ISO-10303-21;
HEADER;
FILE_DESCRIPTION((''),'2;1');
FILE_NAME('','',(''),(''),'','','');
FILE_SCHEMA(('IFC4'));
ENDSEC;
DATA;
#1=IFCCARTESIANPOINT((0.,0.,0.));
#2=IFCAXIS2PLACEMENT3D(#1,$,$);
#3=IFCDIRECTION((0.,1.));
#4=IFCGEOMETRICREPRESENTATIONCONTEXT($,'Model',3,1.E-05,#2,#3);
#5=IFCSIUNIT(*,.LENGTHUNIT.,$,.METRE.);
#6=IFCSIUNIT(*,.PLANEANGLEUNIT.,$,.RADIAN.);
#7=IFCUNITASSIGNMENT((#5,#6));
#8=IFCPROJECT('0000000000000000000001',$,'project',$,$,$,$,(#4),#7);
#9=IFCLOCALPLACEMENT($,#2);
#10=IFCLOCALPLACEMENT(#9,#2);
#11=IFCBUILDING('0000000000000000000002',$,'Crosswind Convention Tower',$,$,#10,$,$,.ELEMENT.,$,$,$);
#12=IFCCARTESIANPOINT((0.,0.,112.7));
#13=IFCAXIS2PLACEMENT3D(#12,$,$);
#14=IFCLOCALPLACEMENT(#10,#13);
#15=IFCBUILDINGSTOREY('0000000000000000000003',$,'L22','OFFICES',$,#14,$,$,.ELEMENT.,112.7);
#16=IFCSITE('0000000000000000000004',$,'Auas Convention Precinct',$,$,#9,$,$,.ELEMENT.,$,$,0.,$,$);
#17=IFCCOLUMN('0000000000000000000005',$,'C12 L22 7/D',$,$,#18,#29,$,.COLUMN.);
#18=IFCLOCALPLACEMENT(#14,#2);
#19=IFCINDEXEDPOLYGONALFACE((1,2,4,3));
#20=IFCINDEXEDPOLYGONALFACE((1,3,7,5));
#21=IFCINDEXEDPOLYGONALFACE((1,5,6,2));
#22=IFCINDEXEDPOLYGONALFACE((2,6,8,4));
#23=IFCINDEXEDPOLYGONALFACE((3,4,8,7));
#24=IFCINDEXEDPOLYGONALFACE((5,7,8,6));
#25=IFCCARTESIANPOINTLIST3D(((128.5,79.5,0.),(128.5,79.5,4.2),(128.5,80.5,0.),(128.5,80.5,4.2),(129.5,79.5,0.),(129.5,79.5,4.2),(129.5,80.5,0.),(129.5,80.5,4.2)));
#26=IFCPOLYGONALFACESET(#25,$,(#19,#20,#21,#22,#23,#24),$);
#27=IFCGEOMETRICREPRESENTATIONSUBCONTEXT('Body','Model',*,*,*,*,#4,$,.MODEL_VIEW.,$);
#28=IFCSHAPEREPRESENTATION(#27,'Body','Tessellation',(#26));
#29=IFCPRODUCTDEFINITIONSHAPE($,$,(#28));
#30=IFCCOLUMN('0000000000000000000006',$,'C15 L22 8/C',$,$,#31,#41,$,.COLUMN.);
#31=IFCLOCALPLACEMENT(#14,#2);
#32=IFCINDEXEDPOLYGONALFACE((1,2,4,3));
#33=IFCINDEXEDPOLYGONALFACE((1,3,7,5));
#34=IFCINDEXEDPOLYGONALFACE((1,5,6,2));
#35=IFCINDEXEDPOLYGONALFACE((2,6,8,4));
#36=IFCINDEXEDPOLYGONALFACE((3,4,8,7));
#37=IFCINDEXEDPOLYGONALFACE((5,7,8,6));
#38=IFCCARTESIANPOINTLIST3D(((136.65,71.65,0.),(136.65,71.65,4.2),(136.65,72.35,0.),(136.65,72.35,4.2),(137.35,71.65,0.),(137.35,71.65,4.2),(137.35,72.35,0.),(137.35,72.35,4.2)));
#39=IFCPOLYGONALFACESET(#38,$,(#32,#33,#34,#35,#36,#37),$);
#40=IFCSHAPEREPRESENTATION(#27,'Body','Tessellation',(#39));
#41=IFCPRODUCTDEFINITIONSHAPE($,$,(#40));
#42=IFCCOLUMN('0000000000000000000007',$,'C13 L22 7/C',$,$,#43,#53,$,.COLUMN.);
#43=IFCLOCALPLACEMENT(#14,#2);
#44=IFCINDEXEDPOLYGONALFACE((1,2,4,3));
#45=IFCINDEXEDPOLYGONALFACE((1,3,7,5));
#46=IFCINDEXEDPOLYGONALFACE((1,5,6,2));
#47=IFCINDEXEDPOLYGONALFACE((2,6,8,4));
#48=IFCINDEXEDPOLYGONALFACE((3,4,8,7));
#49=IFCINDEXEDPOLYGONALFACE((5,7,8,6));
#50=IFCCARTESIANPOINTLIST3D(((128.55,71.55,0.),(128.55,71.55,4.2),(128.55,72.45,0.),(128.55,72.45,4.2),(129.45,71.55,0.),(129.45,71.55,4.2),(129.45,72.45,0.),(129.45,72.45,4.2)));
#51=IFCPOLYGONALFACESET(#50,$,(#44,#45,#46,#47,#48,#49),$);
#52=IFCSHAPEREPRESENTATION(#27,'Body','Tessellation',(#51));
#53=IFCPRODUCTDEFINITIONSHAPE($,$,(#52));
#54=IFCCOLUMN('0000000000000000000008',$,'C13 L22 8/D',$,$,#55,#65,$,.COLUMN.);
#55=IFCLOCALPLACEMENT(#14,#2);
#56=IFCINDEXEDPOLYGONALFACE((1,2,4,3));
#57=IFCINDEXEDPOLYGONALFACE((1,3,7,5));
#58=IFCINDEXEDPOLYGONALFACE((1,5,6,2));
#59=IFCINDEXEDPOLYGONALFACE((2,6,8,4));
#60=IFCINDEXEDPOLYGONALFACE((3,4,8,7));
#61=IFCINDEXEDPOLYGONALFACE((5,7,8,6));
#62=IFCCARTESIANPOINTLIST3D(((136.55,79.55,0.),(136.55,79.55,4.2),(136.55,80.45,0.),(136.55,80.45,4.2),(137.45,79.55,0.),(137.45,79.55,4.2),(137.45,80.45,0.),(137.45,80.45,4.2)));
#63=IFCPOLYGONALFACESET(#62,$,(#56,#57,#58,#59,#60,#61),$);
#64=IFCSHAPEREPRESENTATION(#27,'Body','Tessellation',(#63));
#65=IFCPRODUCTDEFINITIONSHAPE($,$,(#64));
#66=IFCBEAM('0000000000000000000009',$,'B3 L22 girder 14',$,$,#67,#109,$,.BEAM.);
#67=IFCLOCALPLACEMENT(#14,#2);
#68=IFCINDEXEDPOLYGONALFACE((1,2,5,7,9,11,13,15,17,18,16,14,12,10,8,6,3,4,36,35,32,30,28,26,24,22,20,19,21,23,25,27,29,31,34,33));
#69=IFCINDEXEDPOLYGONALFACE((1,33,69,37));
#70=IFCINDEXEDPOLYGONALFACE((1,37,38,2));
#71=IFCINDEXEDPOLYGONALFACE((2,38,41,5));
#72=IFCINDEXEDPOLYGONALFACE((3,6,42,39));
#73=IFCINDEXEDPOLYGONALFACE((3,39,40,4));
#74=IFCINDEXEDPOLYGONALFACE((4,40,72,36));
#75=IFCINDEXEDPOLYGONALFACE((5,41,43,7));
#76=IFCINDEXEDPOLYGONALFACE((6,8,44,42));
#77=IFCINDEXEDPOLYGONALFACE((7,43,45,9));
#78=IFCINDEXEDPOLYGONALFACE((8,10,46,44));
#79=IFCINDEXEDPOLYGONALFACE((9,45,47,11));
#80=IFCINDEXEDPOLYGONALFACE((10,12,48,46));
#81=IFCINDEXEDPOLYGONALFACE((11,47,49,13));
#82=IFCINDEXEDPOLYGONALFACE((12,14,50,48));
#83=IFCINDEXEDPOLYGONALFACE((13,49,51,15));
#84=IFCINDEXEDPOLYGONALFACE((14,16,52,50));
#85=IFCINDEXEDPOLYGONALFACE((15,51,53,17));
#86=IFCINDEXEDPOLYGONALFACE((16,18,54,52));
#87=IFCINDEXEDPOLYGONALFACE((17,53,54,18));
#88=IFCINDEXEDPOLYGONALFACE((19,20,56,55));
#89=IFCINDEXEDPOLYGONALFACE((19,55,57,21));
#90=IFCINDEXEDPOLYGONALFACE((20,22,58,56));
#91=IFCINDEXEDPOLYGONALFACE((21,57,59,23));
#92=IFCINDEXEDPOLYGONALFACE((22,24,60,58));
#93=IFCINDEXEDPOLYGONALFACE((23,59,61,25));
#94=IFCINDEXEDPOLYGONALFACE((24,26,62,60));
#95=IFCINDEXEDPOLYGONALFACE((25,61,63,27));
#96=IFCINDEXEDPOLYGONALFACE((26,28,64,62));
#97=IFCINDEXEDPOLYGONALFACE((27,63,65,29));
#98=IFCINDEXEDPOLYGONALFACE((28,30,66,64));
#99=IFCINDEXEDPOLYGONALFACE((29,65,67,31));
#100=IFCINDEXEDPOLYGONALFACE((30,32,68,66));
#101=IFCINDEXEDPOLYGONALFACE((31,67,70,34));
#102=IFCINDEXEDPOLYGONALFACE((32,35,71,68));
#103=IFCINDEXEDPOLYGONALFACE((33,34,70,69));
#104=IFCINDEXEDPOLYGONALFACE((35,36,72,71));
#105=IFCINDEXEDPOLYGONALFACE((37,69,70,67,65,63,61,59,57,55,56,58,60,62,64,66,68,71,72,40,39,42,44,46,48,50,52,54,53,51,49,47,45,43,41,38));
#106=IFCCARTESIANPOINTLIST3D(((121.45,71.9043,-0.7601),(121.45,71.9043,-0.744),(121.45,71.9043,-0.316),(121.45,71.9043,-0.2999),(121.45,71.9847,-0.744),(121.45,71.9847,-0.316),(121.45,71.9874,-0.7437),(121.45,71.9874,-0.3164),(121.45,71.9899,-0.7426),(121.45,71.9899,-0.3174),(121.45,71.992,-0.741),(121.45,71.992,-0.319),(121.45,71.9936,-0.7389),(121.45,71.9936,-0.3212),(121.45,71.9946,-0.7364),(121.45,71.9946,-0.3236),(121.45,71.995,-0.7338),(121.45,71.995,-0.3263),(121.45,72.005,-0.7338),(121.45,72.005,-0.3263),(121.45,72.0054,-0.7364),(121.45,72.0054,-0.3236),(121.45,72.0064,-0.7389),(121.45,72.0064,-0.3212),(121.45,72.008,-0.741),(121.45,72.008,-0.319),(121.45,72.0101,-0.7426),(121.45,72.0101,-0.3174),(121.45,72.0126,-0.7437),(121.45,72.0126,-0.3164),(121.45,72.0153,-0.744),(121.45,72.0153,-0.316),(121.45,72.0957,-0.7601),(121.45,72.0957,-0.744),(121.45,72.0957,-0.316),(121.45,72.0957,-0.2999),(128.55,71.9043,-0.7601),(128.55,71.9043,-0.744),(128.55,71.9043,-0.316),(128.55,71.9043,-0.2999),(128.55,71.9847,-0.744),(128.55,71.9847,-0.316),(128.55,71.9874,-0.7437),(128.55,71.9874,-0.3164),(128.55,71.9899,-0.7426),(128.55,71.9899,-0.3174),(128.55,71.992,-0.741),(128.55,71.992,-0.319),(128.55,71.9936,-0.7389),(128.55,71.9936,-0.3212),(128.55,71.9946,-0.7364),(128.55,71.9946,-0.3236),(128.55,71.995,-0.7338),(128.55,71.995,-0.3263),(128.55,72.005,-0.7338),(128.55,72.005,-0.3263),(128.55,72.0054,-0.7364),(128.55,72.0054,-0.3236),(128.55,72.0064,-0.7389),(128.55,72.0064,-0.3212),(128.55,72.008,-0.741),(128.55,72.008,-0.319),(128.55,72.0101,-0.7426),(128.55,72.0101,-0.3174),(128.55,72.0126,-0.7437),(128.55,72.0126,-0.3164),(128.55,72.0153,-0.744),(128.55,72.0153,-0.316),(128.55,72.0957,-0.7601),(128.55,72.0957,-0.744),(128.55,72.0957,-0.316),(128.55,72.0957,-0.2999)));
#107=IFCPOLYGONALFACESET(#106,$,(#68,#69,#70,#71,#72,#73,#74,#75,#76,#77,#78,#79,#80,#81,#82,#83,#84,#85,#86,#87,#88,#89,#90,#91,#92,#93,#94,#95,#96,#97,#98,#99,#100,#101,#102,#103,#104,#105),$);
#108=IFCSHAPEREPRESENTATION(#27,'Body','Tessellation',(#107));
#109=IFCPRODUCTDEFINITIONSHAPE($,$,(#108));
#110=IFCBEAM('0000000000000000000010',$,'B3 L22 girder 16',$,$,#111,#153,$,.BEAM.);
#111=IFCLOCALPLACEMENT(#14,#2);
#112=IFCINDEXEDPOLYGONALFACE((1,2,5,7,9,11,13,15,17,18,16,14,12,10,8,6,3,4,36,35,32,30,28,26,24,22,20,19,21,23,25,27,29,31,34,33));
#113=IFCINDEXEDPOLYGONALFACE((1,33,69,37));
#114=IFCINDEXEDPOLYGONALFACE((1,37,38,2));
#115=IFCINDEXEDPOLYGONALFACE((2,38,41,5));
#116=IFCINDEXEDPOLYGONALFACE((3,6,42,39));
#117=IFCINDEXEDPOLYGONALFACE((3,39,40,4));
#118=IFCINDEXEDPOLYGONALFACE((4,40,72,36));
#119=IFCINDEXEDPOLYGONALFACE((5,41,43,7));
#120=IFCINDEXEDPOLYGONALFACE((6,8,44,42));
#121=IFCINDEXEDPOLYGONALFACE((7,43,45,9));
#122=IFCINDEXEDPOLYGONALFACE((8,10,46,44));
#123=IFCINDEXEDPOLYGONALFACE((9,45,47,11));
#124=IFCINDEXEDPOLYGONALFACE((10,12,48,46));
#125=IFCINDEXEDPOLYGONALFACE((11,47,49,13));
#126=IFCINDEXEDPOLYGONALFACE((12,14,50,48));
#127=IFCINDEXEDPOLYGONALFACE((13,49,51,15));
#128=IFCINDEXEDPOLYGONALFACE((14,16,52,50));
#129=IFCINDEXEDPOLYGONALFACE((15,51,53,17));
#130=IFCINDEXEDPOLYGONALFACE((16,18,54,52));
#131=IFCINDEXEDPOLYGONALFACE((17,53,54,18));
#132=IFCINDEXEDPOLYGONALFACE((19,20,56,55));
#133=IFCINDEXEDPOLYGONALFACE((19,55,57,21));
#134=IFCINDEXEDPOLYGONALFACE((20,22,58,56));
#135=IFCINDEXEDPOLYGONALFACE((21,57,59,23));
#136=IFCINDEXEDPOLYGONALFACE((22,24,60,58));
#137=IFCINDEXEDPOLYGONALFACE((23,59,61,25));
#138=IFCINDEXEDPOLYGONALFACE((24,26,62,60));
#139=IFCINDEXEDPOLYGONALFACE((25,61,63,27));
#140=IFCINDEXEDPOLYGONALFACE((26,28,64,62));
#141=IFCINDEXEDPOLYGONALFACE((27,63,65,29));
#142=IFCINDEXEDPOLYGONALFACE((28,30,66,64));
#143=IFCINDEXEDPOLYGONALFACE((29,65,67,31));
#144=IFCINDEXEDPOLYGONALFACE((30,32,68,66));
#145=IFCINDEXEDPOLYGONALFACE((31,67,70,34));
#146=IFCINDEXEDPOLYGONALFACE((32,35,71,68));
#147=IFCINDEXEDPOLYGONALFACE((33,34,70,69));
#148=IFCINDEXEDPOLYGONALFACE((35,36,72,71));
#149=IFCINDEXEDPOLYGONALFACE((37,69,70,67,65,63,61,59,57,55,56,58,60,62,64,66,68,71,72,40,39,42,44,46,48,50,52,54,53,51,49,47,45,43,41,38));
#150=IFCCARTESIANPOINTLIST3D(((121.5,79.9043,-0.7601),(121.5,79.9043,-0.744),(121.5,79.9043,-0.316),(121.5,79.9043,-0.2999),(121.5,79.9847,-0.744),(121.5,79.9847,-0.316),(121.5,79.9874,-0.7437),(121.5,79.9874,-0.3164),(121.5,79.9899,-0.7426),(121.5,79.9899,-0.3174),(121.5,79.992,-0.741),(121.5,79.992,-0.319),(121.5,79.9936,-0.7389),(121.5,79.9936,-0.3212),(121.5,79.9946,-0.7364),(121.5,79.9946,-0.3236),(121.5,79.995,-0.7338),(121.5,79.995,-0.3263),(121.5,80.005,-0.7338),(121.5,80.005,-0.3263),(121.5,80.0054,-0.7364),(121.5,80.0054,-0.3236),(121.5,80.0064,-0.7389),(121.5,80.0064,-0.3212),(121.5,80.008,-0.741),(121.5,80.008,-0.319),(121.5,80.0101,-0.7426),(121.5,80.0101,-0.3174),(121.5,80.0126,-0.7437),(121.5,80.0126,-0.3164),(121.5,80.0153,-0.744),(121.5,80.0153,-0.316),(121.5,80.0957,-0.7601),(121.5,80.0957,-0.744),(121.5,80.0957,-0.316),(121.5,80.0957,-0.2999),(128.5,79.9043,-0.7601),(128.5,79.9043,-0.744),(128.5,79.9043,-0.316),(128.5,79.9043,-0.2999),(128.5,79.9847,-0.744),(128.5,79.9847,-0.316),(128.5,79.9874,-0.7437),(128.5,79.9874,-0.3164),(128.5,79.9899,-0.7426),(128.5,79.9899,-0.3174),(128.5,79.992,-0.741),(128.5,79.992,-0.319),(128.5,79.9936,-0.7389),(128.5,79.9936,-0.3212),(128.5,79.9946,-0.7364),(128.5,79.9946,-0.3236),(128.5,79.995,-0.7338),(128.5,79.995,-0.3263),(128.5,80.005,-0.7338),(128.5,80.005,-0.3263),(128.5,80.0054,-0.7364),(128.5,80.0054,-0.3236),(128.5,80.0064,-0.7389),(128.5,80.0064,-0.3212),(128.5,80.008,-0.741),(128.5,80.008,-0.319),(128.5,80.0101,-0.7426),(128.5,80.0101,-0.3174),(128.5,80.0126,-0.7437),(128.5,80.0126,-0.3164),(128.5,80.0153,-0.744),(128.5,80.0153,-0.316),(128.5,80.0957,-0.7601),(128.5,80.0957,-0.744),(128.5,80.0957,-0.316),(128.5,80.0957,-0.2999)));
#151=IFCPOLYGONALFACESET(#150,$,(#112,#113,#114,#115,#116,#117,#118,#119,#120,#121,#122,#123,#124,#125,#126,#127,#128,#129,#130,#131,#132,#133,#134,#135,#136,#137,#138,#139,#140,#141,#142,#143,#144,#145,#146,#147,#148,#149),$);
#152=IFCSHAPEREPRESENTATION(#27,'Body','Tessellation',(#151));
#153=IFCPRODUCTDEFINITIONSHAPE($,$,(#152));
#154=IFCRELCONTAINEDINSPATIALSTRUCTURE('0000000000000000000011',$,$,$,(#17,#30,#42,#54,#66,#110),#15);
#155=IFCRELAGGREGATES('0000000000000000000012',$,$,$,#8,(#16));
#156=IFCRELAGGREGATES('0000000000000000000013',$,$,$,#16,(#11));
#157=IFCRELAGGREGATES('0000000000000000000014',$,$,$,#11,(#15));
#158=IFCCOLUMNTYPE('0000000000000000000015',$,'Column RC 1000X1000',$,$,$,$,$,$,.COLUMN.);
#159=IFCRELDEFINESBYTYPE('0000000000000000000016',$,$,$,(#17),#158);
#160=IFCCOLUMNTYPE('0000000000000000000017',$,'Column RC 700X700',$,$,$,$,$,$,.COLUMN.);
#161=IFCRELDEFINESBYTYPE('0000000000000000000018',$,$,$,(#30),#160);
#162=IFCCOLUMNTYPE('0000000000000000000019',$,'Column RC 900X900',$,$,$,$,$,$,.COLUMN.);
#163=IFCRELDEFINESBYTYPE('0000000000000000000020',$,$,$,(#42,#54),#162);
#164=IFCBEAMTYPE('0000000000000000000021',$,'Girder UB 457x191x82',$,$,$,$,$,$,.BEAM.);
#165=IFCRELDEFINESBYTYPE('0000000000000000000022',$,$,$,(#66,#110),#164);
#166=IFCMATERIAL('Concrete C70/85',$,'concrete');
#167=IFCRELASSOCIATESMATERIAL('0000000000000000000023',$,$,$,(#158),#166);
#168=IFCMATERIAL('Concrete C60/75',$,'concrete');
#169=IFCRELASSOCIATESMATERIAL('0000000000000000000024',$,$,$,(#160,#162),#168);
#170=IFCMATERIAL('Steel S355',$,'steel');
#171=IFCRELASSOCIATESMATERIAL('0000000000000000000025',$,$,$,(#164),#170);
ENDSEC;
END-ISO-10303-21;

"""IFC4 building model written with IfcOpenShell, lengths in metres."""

from ifc_helpers import new_model, si_unit, direction, frame, origin, origin_2d, place, context, subcontext, project, spatial, rectangle, i_section, extrude, material, material_profile, profile_set, type_object, element, save


model = new_model("IFC4")

# Units and contexts
model_context = context("Model", 3, precision=1e-05, world=origin(), true_north=direction((0.0, 1.0)))
body_context = subcontext(model_context, "Body", "Model", "MODEL_VIEW")
ifc_project = project(units=[si_unit("LENGTHUNIT", "METRE"), si_unit("PLANEANGLEUNIT", "RADIAN")], contexts=[model_context])

# Site, building, storey
site_placement = place(None, origin())
site = spatial("IfcSite", under=ifc_project, at=site_placement, Name="Auas Convention Precinct", CompositionType="ELEMENT", RefElevation=0.0)
building_placement = place(site_placement, origin())
building = spatial("IfcBuilding", under=site, at=building_placement, Name="Crosswind Convention Tower", CompositionType="ELEMENT")
storey_placement = place(building_placement, frame((0.0, 0.0, 112.7)))
storey = spatial("IfcBuildingStorey", under=building, at=storey_placement, Name="L22", Description="OFFICES", CompositionType="ELEMENT", Elevation=112.7)

# Columns
ifc_material_1 = material(Name="Concrete C70/85", Category="concrete")
ifc_material_profile_1 = material_profile(ifc_material_1, rectangle(XDim=1.0, YDim=1.0, at=origin_2d()), Name="RC 1000X1000")
ifc_profile_set_1 = profile_set([ifc_material_profile_1], Name="Concrete C70/85")
column_type_1 = type_object("IfcColumnType", Name="Column RC 1000X1000", PredefinedType="COLUMN", material=ifc_profile_set_1)
column_1_placement = place(storey_placement, frame((129.0, 80.0, 0.0), z_axis=(0.0, 0.0, 1.0), x_axis=(1.0, 0.0, 0.0)))
element("IfcColumn", 1, at=column_1_placement, inside=storey, type_object=column_type_1, Name="C12 L22 7/D", PredefinedType="COLUMN", context=body_context, shape_type="SweptSolid", body=[
    extrude(rectangle(XDim=1.0, YDim=1.0, at=origin_2d()), origin(), (0.0, 0.0, 1.0), 4.2),
])
ifc_material_2 = material(Name="Concrete C60/75", Category="concrete")
ifc_material_profile_2 = material_profile(ifc_material_2, rectangle(XDim=0.7, YDim=0.7, at=origin_2d()), Name="RC 700X700")
ifc_profile_set_2 = profile_set([ifc_material_profile_2], Name="Concrete C60/75")
column_type_2 = type_object("IfcColumnType", Name="Column RC 700X700", PredefinedType="COLUMN", material=ifc_profile_set_2)
column_2_placement = place(storey_placement, frame((137.0, 72.0, 0.0), z_axis=(0.0, 0.0, 1.0), x_axis=(1.0, 0.0, 0.0)))
element("IfcColumn", 2, at=column_2_placement, inside=storey, type_object=column_type_2, Name="C15 L22 8/C", PredefinedType="COLUMN", context=body_context, shape_type="SweptSolid", body=[
    extrude(rectangle(XDim=0.7, YDim=0.7, at=origin_2d()), origin(), (0.0, 0.0, 1.0), 4.2),
])
ifc_material_profile_3 = material_profile(ifc_material_2, rectangle(XDim=0.8999, YDim=0.8999, at=origin_2d()), Name="RC 900X900")
ifc_profile_set_3 = profile_set([ifc_material_profile_3], Name="Concrete C60/75")
column_type_3 = type_object("IfcColumnType", Name="Column RC 900X900", PredefinedType="COLUMN", material=ifc_profile_set_3)
for number, where, z_axis, x_axis, name in (
    (3, (129.0, 72.0, 0.0), (0.0, 0.0, 1.0), (1.0, 0.0, 0.0), "C13 L22 7/C"),
    (4, (137.0, 80.0, 0.0), (0.0, 0.0, 1.0), (1.0, 0.0, 0.0), "C13 L22 8/D"),
):
    element("IfcColumn", number, at=place(storey_placement, frame(where, z_axis=z_axis, x_axis=x_axis)), inside=storey, type_object=column_type_3, Name=name, PredefinedType="COLUMN", context=body_context, shape_type="SweptSolid", body=[
        extrude(rectangle(XDim=0.8999, YDim=0.8999, at=origin_2d()), origin(), (0.0, 0.0, 1.0), 4.2),
    ])

# Beams
ifc_material_3 = material(Name="Steel S355", Category="steel")
ifc_material_profile_4 = material_profile(ifc_material_3, i_section(OverallWidth=0.1914, OverallDepth=0.4602, WebThickness=0.01, FlangeThickness=0.0161, FilletRadius=0.0103, at=origin_2d()), Name="UB 457x191x82")
ifc_profile_set_4 = profile_set([ifc_material_profile_4], Name="Steel S355")
beam_type_1 = type_object("IfcBeamType", Name="Girder UB 457x191x82", PredefinedType="BEAM", material=ifc_profile_set_4)
beam_1_placement = place(storey_placement, frame((121.45, 72.0, -0.53), z_axis=(1.0, 0.0, 0.0), x_axis=(0.0, 1.0, 0.0)))
element("IfcBeam", 5, at=beam_1_placement, inside=storey, type_object=beam_type_1, Name="B3 L22 girder 14", PredefinedType="BEAM", context=body_context, shape_type="SweptSolid", body=[
    extrude(i_section(OverallWidth=0.1914, OverallDepth=0.4602, WebThickness=0.01, FlangeThickness=0.0161, FilletRadius=0.0103, at=origin_2d()), origin(), (0.0, 0.0, 1.0), 7.1001),
])
beam_2_placement = place(storey_placement, frame((121.5, 80.0, -0.53), z_axis=(1.0, 0.0, 0.0), x_axis=(0.0, 1.0, 0.0)))
element("IfcBeam", 6, at=beam_2_placement, inside=storey, type_object=beam_type_1, Name="B3 L22 girder 16", PredefinedType="BEAM", context=body_context, shape_type="SweptSolid", body=[
    extrude(i_section(OverallWidth=0.1914, OverallDepth=0.4602, WebThickness=0.01, FlangeThickness=0.0161, FilletRadius=0.0103, at=origin_2d()), origin(), (0.0, 0.0, 1.0), 7.0),
])

save(model, "model.ifc")
